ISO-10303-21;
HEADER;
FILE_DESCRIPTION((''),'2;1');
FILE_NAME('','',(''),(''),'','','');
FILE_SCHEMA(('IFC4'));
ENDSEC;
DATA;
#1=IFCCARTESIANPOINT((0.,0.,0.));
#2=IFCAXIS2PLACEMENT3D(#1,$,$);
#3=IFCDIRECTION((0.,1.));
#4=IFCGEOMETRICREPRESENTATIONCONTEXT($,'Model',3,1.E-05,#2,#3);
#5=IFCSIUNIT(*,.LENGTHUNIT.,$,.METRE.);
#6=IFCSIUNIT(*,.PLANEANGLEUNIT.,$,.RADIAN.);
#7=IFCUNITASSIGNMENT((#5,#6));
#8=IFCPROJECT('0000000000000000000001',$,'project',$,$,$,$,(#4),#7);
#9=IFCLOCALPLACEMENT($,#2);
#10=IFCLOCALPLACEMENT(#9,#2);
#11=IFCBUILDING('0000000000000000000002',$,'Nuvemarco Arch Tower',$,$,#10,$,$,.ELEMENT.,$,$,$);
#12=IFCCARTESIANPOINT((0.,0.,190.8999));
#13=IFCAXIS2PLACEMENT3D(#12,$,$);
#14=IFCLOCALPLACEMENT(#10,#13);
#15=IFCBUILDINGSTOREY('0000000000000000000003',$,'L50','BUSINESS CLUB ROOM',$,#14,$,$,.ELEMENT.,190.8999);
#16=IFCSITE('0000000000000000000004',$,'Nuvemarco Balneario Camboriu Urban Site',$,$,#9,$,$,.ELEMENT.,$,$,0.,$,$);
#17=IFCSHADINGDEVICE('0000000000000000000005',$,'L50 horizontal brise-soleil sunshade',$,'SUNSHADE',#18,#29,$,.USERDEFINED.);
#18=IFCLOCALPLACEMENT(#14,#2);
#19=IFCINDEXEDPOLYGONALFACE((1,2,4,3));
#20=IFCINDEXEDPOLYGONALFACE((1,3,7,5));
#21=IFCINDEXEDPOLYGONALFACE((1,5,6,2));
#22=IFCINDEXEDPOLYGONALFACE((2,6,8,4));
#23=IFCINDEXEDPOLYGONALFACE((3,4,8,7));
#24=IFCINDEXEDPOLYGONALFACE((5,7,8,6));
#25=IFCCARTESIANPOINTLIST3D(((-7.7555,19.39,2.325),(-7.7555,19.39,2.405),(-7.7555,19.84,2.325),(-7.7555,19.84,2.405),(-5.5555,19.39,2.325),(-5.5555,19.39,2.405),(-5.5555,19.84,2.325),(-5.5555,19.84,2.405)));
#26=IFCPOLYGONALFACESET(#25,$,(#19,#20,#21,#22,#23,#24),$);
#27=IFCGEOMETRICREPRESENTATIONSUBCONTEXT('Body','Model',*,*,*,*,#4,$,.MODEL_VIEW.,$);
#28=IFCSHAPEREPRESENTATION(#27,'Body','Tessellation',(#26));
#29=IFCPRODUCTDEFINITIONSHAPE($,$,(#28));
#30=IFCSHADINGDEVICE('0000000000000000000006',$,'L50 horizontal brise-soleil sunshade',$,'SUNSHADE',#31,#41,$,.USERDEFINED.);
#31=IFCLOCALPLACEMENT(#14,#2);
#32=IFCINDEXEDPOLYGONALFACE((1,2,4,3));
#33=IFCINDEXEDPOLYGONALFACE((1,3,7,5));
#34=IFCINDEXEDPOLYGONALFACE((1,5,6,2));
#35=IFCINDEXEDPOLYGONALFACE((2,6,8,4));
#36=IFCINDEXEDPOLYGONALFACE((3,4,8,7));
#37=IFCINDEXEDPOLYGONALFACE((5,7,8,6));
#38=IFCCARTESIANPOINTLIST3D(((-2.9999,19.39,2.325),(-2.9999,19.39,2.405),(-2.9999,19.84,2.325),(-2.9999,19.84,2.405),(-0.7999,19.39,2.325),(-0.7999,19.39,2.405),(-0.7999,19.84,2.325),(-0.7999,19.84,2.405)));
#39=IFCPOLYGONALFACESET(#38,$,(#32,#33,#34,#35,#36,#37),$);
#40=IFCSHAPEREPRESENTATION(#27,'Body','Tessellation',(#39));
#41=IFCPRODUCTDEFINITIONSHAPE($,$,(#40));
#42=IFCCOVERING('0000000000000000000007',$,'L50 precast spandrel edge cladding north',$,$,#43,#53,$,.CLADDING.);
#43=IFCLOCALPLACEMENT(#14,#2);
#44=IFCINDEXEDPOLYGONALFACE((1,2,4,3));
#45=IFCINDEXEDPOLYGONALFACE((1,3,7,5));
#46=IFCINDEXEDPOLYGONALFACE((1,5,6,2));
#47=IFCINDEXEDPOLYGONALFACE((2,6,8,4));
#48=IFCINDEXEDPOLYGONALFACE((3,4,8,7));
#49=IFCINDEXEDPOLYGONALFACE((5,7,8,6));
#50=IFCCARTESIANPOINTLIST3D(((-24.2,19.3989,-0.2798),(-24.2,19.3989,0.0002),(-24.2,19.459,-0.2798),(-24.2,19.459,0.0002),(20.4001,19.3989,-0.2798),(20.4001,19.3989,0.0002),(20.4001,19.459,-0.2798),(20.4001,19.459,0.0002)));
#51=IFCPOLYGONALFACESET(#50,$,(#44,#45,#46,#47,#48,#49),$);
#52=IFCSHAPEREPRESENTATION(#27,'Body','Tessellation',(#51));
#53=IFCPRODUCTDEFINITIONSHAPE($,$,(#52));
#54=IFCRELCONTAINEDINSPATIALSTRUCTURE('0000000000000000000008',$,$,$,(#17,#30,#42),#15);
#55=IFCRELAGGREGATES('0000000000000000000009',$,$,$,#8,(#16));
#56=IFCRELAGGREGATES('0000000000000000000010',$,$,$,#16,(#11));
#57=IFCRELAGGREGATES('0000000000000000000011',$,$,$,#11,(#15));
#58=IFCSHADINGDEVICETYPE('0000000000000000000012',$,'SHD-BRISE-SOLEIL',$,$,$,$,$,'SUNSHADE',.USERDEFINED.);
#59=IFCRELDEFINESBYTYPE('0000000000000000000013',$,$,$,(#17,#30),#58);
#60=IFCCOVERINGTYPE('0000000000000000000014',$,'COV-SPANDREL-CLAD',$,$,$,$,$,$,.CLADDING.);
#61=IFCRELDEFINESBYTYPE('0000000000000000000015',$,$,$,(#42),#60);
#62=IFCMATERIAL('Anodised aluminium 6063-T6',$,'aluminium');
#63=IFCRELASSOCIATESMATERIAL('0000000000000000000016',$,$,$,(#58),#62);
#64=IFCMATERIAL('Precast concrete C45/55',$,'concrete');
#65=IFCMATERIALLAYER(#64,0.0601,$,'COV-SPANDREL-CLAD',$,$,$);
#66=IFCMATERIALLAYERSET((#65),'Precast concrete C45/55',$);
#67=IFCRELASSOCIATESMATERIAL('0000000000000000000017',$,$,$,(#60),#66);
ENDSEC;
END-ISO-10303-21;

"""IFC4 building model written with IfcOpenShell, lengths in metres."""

from ifc_helpers import new_model, si_unit, direction, frame, origin, origin_2d, place, context, subcontext, project, spatial, rectangle, extrude, source, transform, mapped, material, layer, layer_set, type_object, type_shapes, element, save


model = new_model("IFC4")

# Units and contexts
model_context = context("Model", 3, precision=1e-05, world=origin(), true_north=direction((0.0, 1.0)))
body_context = subcontext(model_context, "Body", "Model", "MODEL_VIEW")
ifc_project = project(units=[si_unit("LENGTHUNIT", "METRE"), si_unit("PLANEANGLEUNIT", "RADIAN")], contexts=[model_context])

# Site, building, storey
site_placement = place(None, origin())
site = spatial("IfcSite", under=ifc_project, at=site_placement, Name="Nuvemarco Balneario Camboriu Urban Site", CompositionType="ELEMENT", RefElevation=0.0)
building_placement = place(site_placement, origin())
building = spatial("IfcBuilding", under=site, at=building_placement, Name="Nuvemarco Arch Tower", CompositionType="ELEMENT")
storey_placement = place(building_placement, frame((0.0, 0.0, 190.8999)))
storey = spatial("IfcBuildingStorey", under=building, at=storey_placement, Name="L50", Description="BUSINESS CLUB ROOM", CompositionType="ELEMENT", Elevation=190.8999)

# Shared definitions
ifc_material_1 = material(Name="Precast concrete C45/55", Category="concrete")

# Shading devices
ifc_material_2 = material(Name="Anodised aluminium 6063-T6", Category="aluminium")
shading_device_type = type_object("IfcShadingDeviceType", Name="SHD-BRISE-SOLEIL", ElementType="SUNSHADE", PredefinedType="USERDEFINED", material=ifc_material_2)
shared_shape_1 = source(origin(), body_context, "Body", "SweptSolid", [
    extrude(rectangle(XDim=2.2, YDim=0.45, at=origin_2d()), origin(), (0.0, 0.0, 1.0), 0.0801),
])
type_shapes(shading_device_type, [shared_shape_1])
for number, where, z_axis, x_axis, name in (
    (1, (-6.6555, 19.615, 2.325), (0.0, 0.0, 1.0), (1.0, 0.0, 0.0), "L50 horizontal brise-soleil sunshade"),
    (2, (-1.8999, 19.615, 2.325), (0.0, 0.0, 1.0), (1.0, 0.0, 0.0), "L50 horizontal brise-soleil sunshade"),
):
    element("IfcShadingDevice", number, at=place(storey_placement, frame(where, z_axis=z_axis, x_axis=x_axis)), inside=storey, type_object=shading_device_type, Name=name, ObjectType="SUNSHADE", PredefinedType="USERDEFINED", context=body_context, shape_type="MappedRepresentation", body=[
        mapped(shared_shape_1, transform((0.0, 0.0, 0.0), scale=1.0)),
    ])

# Covering
ifc_layer_1 = layer(ifc_material_1, 0.0601, Name="COV-SPANDREL-CLAD")
ifc_layer_set_1 = layer_set([ifc_layer_1], Name="Precast concrete C45/55")
covering_type = type_object("IfcCoveringType", Name="COV-SPANDREL-CLAD", PredefinedType="CLADDING", material=ifc_layer_set_1)
shared_shape_2 = source(origin(), body_context, "Body", "SweptSolid", [
    extrude(rectangle(XDim=44.6001, YDim=0.0601, at=origin_2d()), origin(), (0.0, 0.0, 1.0), 0.28),
])
type_shapes(covering_type, [shared_shape_2])
covering_placement = place(storey_placement, frame((-1.8999, 19.429, -0.2798), z_axis=(0.0, 0.0, 1.0), x_axis=(1.0, 0.0, 0.0)))
element("IfcCovering", 3, at=covering_placement, inside=storey, type_object=covering_type, Name="L50 precast spandrel edge cladding north", PredefinedType="CLADDING", context=body_context, shape_type="MappedRepresentation", body=[
    mapped(shared_shape_2, transform((0.0, 0.0, 0.0), scale=1.0)),
])

save(model, "model.ifc")
